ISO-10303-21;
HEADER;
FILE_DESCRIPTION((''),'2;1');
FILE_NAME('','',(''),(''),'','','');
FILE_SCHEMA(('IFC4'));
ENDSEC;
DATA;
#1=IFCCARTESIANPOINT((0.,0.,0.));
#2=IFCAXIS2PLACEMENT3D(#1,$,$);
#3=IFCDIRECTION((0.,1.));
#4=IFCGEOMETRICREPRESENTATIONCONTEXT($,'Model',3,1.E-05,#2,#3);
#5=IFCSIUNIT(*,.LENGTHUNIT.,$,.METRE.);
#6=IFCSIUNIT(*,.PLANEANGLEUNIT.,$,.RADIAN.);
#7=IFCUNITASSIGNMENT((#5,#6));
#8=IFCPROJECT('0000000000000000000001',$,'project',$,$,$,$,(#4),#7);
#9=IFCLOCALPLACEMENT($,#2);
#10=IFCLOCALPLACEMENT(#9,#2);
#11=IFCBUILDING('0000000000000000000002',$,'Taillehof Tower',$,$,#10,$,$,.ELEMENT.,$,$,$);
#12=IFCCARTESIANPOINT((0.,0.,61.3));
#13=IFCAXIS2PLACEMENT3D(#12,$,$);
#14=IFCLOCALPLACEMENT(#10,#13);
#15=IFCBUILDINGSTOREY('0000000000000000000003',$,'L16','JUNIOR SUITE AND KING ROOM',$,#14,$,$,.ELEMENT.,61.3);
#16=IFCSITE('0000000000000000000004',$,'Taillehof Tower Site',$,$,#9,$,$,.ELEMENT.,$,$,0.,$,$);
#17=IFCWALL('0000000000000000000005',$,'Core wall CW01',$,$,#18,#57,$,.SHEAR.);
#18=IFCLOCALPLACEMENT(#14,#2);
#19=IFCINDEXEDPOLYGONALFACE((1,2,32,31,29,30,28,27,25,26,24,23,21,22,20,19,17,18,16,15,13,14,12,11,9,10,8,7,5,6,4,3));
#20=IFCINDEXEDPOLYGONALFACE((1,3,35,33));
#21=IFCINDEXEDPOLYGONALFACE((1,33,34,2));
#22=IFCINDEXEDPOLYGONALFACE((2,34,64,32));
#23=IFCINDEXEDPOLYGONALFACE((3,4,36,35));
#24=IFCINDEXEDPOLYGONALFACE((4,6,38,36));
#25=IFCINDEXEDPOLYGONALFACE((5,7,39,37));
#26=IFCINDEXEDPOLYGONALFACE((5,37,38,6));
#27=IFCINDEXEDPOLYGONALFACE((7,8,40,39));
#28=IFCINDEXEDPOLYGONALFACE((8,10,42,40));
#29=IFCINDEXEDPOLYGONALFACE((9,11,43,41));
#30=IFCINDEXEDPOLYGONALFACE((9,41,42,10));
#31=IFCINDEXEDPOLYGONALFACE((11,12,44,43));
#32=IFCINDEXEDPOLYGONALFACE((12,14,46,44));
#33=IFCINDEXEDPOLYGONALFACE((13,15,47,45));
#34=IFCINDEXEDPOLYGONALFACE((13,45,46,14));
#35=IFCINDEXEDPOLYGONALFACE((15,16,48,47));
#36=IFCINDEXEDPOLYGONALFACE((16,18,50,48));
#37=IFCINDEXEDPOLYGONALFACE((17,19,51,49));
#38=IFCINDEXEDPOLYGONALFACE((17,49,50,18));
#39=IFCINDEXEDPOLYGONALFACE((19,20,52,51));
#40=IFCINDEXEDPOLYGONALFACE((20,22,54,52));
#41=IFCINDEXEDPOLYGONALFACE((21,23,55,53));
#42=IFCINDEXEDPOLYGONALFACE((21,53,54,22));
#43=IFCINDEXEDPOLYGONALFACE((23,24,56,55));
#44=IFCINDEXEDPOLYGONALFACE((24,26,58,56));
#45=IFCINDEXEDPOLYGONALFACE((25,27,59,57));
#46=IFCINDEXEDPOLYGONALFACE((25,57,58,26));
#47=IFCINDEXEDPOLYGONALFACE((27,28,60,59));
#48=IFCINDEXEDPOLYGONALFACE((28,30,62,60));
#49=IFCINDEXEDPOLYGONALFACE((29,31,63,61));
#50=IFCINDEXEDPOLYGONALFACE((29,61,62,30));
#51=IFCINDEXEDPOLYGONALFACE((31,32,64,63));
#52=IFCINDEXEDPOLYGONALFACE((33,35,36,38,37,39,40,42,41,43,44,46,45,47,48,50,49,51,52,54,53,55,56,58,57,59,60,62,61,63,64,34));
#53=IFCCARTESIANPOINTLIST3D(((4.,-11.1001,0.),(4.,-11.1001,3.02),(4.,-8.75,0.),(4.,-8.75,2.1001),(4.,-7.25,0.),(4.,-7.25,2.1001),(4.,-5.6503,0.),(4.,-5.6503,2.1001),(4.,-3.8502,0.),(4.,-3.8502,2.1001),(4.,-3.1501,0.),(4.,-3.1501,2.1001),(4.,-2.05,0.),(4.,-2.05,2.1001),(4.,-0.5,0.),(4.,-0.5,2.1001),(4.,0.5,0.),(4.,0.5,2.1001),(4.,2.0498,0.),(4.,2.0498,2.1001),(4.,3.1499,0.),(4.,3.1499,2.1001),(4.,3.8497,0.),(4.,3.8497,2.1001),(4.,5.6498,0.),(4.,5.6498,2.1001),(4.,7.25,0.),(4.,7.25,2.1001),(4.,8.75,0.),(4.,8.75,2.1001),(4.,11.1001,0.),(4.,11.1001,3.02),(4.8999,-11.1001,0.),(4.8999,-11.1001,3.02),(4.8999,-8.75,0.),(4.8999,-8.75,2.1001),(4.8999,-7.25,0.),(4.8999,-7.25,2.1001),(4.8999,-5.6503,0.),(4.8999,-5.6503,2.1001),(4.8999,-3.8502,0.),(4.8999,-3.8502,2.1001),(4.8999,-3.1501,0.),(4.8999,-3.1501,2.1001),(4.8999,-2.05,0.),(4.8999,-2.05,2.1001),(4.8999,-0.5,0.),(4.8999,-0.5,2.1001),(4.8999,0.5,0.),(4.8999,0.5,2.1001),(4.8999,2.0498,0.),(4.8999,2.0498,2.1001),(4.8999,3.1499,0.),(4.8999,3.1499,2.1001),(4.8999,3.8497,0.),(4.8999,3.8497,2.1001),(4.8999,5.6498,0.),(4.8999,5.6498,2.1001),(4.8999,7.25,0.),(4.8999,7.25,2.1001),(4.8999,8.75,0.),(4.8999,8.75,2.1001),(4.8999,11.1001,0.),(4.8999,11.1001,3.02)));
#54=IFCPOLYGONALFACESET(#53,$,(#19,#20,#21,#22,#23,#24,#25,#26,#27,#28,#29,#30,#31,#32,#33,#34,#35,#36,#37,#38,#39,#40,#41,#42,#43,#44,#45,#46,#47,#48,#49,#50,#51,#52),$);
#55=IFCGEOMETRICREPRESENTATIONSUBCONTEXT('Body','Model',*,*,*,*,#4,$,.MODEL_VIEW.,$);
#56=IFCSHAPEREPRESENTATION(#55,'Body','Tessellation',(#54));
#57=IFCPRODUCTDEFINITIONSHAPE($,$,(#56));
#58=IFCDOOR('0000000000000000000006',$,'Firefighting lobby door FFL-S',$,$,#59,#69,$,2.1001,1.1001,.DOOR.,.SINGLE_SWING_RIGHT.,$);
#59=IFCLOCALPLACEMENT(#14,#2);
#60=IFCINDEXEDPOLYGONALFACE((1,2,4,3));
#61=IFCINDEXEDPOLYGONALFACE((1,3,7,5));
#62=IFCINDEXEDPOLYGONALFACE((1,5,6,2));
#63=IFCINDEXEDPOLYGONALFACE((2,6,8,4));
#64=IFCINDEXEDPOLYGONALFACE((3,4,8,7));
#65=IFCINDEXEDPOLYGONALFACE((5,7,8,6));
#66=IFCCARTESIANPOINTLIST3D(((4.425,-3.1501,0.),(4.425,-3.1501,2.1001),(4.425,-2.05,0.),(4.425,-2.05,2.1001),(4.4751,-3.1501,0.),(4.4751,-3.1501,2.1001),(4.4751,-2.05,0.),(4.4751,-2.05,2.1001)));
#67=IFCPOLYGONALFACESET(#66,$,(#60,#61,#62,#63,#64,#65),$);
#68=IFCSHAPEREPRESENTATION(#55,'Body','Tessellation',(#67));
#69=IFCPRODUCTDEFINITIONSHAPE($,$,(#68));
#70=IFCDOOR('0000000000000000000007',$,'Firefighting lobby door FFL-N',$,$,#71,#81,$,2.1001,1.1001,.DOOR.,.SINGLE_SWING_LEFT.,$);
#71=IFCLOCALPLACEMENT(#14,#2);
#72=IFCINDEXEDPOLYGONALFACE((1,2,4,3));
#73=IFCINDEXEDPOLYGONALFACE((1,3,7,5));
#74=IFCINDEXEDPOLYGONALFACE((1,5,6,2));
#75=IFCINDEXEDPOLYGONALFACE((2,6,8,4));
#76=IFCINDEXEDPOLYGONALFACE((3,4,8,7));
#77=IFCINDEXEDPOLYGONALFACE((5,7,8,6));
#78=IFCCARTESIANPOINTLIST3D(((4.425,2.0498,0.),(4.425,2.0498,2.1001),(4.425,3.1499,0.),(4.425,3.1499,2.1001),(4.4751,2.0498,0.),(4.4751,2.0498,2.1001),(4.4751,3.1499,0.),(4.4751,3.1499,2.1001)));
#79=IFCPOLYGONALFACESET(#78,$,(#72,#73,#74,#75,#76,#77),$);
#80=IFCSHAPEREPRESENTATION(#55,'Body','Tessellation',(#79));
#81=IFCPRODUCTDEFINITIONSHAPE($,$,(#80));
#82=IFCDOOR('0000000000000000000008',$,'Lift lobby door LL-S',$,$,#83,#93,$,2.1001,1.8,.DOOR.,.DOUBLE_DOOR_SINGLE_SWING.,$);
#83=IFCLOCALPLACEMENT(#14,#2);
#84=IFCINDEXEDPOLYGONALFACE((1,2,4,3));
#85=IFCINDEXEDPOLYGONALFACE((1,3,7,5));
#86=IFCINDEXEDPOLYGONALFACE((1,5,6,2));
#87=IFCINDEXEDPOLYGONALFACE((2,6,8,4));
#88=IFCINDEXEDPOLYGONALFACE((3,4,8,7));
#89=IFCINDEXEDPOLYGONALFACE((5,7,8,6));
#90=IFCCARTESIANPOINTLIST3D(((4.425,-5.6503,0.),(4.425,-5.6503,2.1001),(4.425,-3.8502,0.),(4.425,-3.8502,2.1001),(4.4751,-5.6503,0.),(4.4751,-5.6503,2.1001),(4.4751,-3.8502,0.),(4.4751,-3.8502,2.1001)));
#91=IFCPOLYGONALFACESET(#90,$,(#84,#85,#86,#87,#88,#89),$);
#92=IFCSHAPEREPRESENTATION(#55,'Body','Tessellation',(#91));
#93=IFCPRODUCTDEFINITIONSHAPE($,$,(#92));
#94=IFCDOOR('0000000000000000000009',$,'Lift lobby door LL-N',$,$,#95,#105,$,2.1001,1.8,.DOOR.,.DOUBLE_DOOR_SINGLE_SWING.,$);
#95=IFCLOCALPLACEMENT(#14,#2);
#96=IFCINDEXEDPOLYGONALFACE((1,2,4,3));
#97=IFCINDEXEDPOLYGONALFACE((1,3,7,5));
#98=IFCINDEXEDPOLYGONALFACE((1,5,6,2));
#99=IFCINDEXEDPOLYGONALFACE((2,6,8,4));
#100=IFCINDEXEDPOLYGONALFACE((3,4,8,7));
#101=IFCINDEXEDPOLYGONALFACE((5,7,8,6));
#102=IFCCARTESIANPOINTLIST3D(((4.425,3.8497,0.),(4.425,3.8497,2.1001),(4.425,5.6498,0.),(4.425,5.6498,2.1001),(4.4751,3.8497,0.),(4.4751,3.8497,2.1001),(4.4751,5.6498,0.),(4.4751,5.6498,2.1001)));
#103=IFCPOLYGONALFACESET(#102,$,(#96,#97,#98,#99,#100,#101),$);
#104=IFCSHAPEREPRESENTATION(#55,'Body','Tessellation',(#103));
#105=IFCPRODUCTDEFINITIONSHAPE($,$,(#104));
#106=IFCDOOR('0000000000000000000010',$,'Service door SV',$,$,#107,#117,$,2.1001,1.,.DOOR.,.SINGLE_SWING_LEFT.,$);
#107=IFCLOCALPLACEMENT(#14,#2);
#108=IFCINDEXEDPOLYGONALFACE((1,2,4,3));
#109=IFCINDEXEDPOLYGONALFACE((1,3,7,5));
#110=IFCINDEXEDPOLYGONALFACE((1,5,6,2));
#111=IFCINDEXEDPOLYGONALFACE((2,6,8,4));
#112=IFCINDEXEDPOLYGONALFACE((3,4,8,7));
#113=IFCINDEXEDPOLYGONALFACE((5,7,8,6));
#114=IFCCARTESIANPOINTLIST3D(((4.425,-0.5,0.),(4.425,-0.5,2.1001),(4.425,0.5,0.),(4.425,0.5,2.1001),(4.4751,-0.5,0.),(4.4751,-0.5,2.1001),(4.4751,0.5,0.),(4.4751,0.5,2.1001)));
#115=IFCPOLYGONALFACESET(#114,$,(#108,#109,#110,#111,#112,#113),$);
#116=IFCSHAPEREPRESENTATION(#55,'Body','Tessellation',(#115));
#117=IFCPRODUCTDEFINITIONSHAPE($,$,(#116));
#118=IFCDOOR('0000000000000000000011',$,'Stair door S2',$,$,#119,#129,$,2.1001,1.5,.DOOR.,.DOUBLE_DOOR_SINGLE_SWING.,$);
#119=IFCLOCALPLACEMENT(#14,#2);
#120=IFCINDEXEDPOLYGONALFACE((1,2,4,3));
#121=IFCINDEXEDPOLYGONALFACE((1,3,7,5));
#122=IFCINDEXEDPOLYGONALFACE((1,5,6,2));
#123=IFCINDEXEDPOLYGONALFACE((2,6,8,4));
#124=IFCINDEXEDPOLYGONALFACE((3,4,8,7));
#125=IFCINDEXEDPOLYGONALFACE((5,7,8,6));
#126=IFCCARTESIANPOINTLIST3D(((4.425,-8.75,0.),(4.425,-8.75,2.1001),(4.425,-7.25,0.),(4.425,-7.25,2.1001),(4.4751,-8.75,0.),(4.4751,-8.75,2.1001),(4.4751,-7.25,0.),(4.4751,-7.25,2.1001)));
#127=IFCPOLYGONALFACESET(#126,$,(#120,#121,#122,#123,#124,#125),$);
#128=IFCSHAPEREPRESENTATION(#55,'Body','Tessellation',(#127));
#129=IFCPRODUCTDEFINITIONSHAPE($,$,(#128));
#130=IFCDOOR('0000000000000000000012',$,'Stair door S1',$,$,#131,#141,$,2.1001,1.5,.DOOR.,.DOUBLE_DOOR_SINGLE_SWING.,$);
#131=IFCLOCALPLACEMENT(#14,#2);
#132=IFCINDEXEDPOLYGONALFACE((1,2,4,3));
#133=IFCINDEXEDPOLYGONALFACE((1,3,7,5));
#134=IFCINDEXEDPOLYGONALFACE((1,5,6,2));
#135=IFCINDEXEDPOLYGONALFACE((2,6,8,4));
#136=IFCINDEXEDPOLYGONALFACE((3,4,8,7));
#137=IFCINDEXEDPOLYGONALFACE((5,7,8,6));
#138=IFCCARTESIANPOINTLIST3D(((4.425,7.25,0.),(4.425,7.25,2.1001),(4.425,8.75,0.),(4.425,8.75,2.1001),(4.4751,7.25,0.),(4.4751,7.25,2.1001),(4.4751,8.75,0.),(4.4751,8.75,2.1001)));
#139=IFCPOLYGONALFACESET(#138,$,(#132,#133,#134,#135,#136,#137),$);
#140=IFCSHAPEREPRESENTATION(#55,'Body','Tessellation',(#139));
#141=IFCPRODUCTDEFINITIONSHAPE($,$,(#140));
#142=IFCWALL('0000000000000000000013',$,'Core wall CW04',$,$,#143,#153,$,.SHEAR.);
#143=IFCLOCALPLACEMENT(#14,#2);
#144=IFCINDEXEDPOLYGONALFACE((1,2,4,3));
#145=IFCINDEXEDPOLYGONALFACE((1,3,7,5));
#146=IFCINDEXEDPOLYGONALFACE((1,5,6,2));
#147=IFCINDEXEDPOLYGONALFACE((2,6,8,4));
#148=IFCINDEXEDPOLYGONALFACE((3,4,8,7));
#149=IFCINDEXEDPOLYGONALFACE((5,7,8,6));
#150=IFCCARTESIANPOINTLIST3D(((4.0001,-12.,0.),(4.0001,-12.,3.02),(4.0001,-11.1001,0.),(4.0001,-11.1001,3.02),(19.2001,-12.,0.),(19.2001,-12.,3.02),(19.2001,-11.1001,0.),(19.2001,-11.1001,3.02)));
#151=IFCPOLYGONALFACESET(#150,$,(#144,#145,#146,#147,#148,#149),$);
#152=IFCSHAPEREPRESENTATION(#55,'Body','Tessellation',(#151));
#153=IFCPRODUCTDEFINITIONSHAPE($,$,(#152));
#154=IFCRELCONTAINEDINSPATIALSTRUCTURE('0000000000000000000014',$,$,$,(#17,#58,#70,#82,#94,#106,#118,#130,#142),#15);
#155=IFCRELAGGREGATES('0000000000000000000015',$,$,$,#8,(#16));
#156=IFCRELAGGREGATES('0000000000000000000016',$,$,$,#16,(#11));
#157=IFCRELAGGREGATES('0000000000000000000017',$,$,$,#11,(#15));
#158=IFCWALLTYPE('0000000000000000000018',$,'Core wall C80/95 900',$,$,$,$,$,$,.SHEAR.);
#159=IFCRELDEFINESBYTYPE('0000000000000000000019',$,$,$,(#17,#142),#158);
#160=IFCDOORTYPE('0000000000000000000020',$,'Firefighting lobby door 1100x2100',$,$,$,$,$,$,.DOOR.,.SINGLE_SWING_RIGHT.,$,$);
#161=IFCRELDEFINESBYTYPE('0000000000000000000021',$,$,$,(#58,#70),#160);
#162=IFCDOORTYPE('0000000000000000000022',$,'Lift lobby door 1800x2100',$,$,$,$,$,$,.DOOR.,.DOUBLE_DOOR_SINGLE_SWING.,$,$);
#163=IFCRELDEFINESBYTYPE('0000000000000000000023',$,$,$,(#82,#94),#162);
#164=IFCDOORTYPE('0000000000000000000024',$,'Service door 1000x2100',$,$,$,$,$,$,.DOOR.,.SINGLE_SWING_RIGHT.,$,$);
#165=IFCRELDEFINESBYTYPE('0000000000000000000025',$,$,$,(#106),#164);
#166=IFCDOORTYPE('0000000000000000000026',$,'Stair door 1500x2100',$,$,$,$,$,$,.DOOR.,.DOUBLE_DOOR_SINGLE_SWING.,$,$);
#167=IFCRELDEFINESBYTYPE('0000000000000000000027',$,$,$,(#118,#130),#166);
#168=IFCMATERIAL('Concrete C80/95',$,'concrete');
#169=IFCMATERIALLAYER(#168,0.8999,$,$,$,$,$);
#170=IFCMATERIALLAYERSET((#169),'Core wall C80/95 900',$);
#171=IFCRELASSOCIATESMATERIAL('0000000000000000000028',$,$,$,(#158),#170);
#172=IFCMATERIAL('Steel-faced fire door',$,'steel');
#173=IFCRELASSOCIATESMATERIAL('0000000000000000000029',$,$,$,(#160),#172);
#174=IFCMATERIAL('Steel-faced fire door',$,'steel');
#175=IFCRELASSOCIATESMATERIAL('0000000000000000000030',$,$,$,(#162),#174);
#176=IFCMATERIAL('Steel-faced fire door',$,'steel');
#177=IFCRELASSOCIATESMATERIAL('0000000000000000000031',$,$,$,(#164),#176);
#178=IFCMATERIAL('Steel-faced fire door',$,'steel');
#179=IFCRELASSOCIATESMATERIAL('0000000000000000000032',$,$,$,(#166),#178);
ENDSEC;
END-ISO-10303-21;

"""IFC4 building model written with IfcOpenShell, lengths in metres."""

from ifc_helpers import new_model, si_unit, direction, frame, frame_2d, origin, place, context, subcontext, project, spatial, rectangle, extrude, material, layer, layer_set, type_object, element, fill, save


model = new_model("IFC4")

# Units and contexts
model_context = context("Model", 3, precision=1e-05, world=origin(), true_north=direction((0.0, 1.0)))
body_context = subcontext(model_context, "Body", "Model", "MODEL_VIEW")
ifc_project = project(units=[si_unit("LENGTHUNIT", "METRE"), si_unit("PLANEANGLEUNIT", "RADIAN")], contexts=[model_context])

# Site, building, storey
site_placement = place(None, origin())
site = spatial("IfcSite", under=ifc_project, at=site_placement, Name="Taillehof Tower Site", CompositionType="ELEMENT", RefElevation=0.0)
building_placement = place(site_placement, origin())
building = spatial("IfcBuilding", under=site, at=building_placement, Name="Taillehof Tower", CompositionType="ELEMENT")
storey_placement = place(building_placement, frame((0.0, 0.0, 61.3)))
storey = spatial("IfcBuildingStorey", under=building, at=storey_placement, Name="L16", Description="JUNIOR SUITE AND KING ROOM", CompositionType="ELEMENT", Elevation=61.3)

# Wall, openings, doors
ifc_material_1 = material(Name="Concrete C80/95", Category="concrete")
ifc_layer_1 = layer(ifc_material_1, 0.8999)
ifc_layer_set_1 = layer_set([ifc_layer_1], Name="Core wall C80/95 900")
wall_type_1 = type_object("IfcWallType", Name="Core wall C80/95 900", PredefinedType="SHEAR", material=ifc_layer_set_1)
wall_1_placement = place(storey_placement, frame((4.45, -11.1001, 0.0), z_axis=(0.0, 0.0, 1.0), x_axis=(0.0, 1.0, 0.0)))
wall_1 = element("IfcWall", 1, at=wall_1_placement, inside=storey, type_object=wall_type_1, Name="Core wall CW01", PredefinedType="SHEAR", context=body_context, shape_type="SweptSolid", body=[
    extrude(rectangle(XDim=22.2002, YDim=0.8999, at=frame_2d((11.1001, 0.0))), origin(), (0.0, 0.0, 1.0), 3.02),
])
opening_1_placement = place(wall_1_placement, frame((2.3501, 0.0, 0.0)))
opening_1 = element("IfcOpeningElement", 2, at=opening_1_placement, cuts=wall_1, PredefinedType="OPENING", context=body_context, shape_type="SweptSolid", body=[
    extrude(rectangle(XDim=1.5, YDim=2.1001, at=frame_2d((0.75, 1.05))), frame((0.0, 0.46, 0.0), z_axis=(0.0, -1.0, 0.0), x_axis=(1.0, 0.0, 0.0)), (0.0, 0.0, 1.0), 0.9199),
])
opening_2_placement = place(wall_1_placement, frame((5.45, 0.0, 0.0)))
opening_2 = element("IfcOpeningElement", 3, at=opening_2_placement, cuts=wall_1, PredefinedType="OPENING", context=body_context, shape_type="SweptSolid", body=[
    extrude(rectangle(XDim=1.8, YDim=2.1001, at=frame_2d((0.8999, 1.05))), frame((0.0, 0.46, 0.0), z_axis=(0.0, -1.0, 0.0), x_axis=(1.0, 0.0, 0.0)), (0.0, 0.0, 1.0), 0.9199),
])
opening_3_placement = place(wall_1_placement, frame((7.95, 0.0, 0.0)))
opening_3 = element("IfcOpeningElement", 4, at=opening_3_placement, cuts=wall_1, PredefinedType="OPENING", context=body_context, shape_type="SweptSolid", body=[
    extrude(rectangle(XDim=1.1001, YDim=2.1001, at=frame_2d((0.55, 1.05))), frame((0.0, 0.46, 0.0), z_axis=(0.0, -1.0, 0.0), x_axis=(1.0, 0.0, 0.0)), (0.0, 0.0, 1.0), 0.9199),
])
opening_4_placement = place(wall_1_placement, frame((10.6001, 0.0, 0.0)))
opening_4 = element("IfcOpeningElement", 5, at=opening_4_placement, cuts=wall_1, PredefinedType="OPENING", context=body_context, shape_type="SweptSolid", body=[
    extrude(rectangle(XDim=1.0, YDim=2.1001, at=frame_2d((0.5, 1.05))), frame((0.0, 0.46, 0.0), z_axis=(0.0, -1.0, 0.0), x_axis=(1.0, 0.0, 0.0)), (0.0, 0.0, 1.0), 0.9199),
])
opening_5_placement = place(wall_1_placement, frame((13.1499, 0.0, 0.0)))
opening_5 = element("IfcOpeningElement", 6, at=opening_5_placement, cuts=wall_1, PredefinedType="OPENING", context=body_context, shape_type="SweptSolid", body=[
    extrude(rectangle(XDim=1.1001, YDim=2.1001, at=frame_2d((0.55, 1.05))), frame((0.0, 0.46, 0.0), z_axis=(0.0, -1.0, 0.0), x_axis=(1.0, 0.0, 0.0)), (0.0, 0.0, 1.0), 0.9199),
])
opening_6_placement = place(wall_1_placement, frame((14.95, 0.0, 0.0)))
opening_6 = element("IfcOpeningElement", 7, at=opening_6_placement, cuts=wall_1, PredefinedType="OPENING", context=body_context, shape_type="SweptSolid", body=[
    extrude(rectangle(XDim=1.8, YDim=2.1001, at=frame_2d((0.8999, 1.05))), frame((0.0, 0.46, 0.0), z_axis=(0.0, -1.0, 0.0), x_axis=(1.0, 0.0, 0.0)), (0.0, 0.0, 1.0), 0.9199),
])
opening_7_placement = place(wall_1_placement, frame((18.3501, 0.0, 0.0)))
opening_7 = element("IfcOpeningElement", 8, at=opening_7_placement, cuts=wall_1, PredefinedType="OPENING", context=body_context, shape_type="SweptSolid", body=[
    extrude(rectangle(XDim=1.5, YDim=2.1001, at=frame_2d((0.75, 1.05))), frame((0.0, 0.46, 0.0), z_axis=(0.0, -1.0, 0.0), x_axis=(1.0, 0.0, 0.0)), (0.0, 0.0, 1.0), 0.9199),
])
ifc_material_2 = material(Name="Steel-faced fire door", Category="steel")
door_type_1 = type_object("IfcDoorType", Name="Firefighting lobby door 1100x2100", OperationType="SINGLE_SWING_RIGHT", PredefinedType="DOOR", material=ifc_material_2)
door_1_placement = place(opening_3_placement, origin())
door_1 = element("IfcDoor", 9, at=door_1_placement, inside=storey, type_object=door_type_1, Name="Firefighting lobby door FFL-S", OperationType="SINGLE_SWING_RIGHT", OverallHeight=2.1001, OverallWidth=1.1001, PredefinedType="DOOR", context=body_context, shape_type="SweptSolid", body=[
    extrude(rectangle(XDim=1.1001, YDim=2.1001, at=frame_2d((0.55, 1.05))), frame((0.0, 0.0249, 0.0), z_axis=(0.0, -1.0, 0.0), x_axis=(1.0, 0.0, 0.0)), (0.0, 0.0, 1.0), 0.05),
])
fill(opening_3, door_1)
door_2_placement = place(opening_5_placement, origin())
door_2 = element("IfcDoor", 10, at=door_2_placement, inside=storey, type_object=door_type_1, Name="Firefighting lobby door FFL-N", OperationType="SINGLE_SWING_LEFT", OverallHeight=2.1001, OverallWidth=1.1001, PredefinedType="DOOR", context=body_context, shape_type="SweptSolid", body=[
    extrude(rectangle(XDim=1.1001, YDim=2.1001, at=frame_2d((0.55, 1.05))), frame((0.0, 0.0249, 0.0), z_axis=(0.0, -1.0, 0.0), x_axis=(1.0, 0.0, 0.0)), (0.0, 0.0, 1.0), 0.05),
])
fill(opening_5, door_2)
ifc_material_3 = material(Name="Steel-faced fire door", Category="steel")
door_type_2 = type_object("IfcDoorType", Name="Lift lobby door 1800x2100", OperationType="DOUBLE_DOOR_SINGLE_SWING", PredefinedType="DOOR", material=ifc_material_3)
door_3_placement = place(opening_2_placement, origin())
door_3 = element("IfcDoor", 11, at=door_3_placement, inside=storey, type_object=door_type_2, Name="Lift lobby door LL-S", OperationType="DOUBLE_DOOR_SINGLE_SWING", OverallHeight=2.1001, OverallWidth=1.8, PredefinedType="DOOR", context=body_context, shape_type="SweptSolid", body=[
    extrude(rectangle(XDim=1.8, YDim=2.1001, at=frame_2d((0.8999, 1.05))), frame((0.0, 0.0249, 0.0), z_axis=(0.0, -1.0, 0.0), x_axis=(1.0, 0.0, 0.0)), (0.0, 0.0, 1.0), 0.05),
])
fill(opening_2, door_3)
door_4_placement = place(opening_6_placement, origin())
door_4 = element("IfcDoor", 12, at=door_4_placement, inside=storey, type_object=door_type_2, Name="Lift lobby door LL-N", OperationType="DOUBLE_DOOR_SINGLE_SWING", OverallHeight=2.1001, OverallWidth=1.8, PredefinedType="DOOR", context=body_context, shape_type="SweptSolid", body=[
    extrude(rectangle(XDim=1.8, YDim=2.1001, at=frame_2d((0.8999, 1.05))), frame((0.0, 0.0249, 0.0), z_axis=(0.0, -1.0, 0.0), x_axis=(1.0, 0.0, 0.0)), (0.0, 0.0, 1.0), 0.05),
])
fill(opening_6, door_4)
ifc_material_4 = material(Name="Steel-faced fire door", Category="steel")
door_type_3 = type_object("IfcDoorType", Name="Service door 1000x2100", OperationType="SINGLE_SWING_RIGHT", PredefinedType="DOOR", material=ifc_material_4)
door_5_placement = place(opening_4_placement, origin())
door_5 = element("IfcDoor", 13, at=door_5_placement, inside=storey, type_object=door_type_3, Name="Service door SV", OperationType="SINGLE_SWING_LEFT", OverallHeight=2.1001, OverallWidth=1.0, PredefinedType="DOOR", context=body_context, shape_type="SweptSolid", body=[
    extrude(rectangle(XDim=1.0, YDim=2.1001, at=frame_2d((0.5, 1.05))), frame((0.0, 0.0249, 0.0), z_axis=(0.0, -1.0, 0.0), x_axis=(1.0, 0.0, 0.0)), (0.0, 0.0, 1.0), 0.05),
])
fill(opening_4, door_5)
ifc_material_5 = material(Name="Steel-faced fire door", Category="steel")
door_type_4 = type_object("IfcDoorType", Name="Stair door 1500x2100", OperationType="DOUBLE_DOOR_SINGLE_SWING", PredefinedType="DOOR", material=ifc_material_5)
door_6_placement = place(opening_1_placement, origin())
door_6 = element("IfcDoor", 14, at=door_6_placement, inside=storey, type_object=door_type_4, Name="Stair door S2", OperationType="DOUBLE_DOOR_SINGLE_SWING", OverallHeight=2.1001, OverallWidth=1.5, PredefinedType="DOOR", context=body_context, shape_type="SweptSolid", body=[
    extrude(rectangle(XDim=1.5, YDim=2.1001, at=frame_2d((0.75, 1.05))), frame((0.0, 0.0249, 0.0), z_axis=(0.0, -1.0, 0.0), x_axis=(1.0, 0.0, 0.0)), (0.0, 0.0, 1.0), 0.05),
])
fill(opening_1, door_6)
door_7_placement = place(opening_7_placement, origin())
door_7 = element("IfcDoor", 15, at=door_7_placement, inside=storey, type_object=door_type_4, Name="Stair door S1", OperationType="DOUBLE_DOOR_SINGLE_SWING", OverallHeight=2.1001, OverallWidth=1.5, PredefinedType="DOOR", context=body_context, shape_type="SweptSolid", body=[
    extrude(rectangle(XDim=1.5, YDim=2.1001, at=frame_2d((0.75, 1.05))), frame((0.0, 0.0249, 0.0), z_axis=(0.0, -1.0, 0.0), x_axis=(1.0, 0.0, 0.0)), (0.0, 0.0, 1.0), 0.05),
])
fill(opening_7, door_7)

# Wall
wall_2_placement = place(storey_placement, frame((4.0, -11.55, 0.0), z_axis=(0.0, 0.0, 1.0), x_axis=(1.0, 0.0, 0.0)))
element("IfcWall", 16, at=wall_2_placement, inside=storey, type_object=wall_type_1, Name="Core wall CW04", PredefinedType="SHEAR", context=body_context, shape_type="SweptSolid", body=[
    extrude(rectangle(XDim=15.2, YDim=0.8999, at=frame_2d((7.6001, 0.0))), origin(), (0.0, 0.0, 1.0), 3.02),
])

save(model, "model.ifc")
